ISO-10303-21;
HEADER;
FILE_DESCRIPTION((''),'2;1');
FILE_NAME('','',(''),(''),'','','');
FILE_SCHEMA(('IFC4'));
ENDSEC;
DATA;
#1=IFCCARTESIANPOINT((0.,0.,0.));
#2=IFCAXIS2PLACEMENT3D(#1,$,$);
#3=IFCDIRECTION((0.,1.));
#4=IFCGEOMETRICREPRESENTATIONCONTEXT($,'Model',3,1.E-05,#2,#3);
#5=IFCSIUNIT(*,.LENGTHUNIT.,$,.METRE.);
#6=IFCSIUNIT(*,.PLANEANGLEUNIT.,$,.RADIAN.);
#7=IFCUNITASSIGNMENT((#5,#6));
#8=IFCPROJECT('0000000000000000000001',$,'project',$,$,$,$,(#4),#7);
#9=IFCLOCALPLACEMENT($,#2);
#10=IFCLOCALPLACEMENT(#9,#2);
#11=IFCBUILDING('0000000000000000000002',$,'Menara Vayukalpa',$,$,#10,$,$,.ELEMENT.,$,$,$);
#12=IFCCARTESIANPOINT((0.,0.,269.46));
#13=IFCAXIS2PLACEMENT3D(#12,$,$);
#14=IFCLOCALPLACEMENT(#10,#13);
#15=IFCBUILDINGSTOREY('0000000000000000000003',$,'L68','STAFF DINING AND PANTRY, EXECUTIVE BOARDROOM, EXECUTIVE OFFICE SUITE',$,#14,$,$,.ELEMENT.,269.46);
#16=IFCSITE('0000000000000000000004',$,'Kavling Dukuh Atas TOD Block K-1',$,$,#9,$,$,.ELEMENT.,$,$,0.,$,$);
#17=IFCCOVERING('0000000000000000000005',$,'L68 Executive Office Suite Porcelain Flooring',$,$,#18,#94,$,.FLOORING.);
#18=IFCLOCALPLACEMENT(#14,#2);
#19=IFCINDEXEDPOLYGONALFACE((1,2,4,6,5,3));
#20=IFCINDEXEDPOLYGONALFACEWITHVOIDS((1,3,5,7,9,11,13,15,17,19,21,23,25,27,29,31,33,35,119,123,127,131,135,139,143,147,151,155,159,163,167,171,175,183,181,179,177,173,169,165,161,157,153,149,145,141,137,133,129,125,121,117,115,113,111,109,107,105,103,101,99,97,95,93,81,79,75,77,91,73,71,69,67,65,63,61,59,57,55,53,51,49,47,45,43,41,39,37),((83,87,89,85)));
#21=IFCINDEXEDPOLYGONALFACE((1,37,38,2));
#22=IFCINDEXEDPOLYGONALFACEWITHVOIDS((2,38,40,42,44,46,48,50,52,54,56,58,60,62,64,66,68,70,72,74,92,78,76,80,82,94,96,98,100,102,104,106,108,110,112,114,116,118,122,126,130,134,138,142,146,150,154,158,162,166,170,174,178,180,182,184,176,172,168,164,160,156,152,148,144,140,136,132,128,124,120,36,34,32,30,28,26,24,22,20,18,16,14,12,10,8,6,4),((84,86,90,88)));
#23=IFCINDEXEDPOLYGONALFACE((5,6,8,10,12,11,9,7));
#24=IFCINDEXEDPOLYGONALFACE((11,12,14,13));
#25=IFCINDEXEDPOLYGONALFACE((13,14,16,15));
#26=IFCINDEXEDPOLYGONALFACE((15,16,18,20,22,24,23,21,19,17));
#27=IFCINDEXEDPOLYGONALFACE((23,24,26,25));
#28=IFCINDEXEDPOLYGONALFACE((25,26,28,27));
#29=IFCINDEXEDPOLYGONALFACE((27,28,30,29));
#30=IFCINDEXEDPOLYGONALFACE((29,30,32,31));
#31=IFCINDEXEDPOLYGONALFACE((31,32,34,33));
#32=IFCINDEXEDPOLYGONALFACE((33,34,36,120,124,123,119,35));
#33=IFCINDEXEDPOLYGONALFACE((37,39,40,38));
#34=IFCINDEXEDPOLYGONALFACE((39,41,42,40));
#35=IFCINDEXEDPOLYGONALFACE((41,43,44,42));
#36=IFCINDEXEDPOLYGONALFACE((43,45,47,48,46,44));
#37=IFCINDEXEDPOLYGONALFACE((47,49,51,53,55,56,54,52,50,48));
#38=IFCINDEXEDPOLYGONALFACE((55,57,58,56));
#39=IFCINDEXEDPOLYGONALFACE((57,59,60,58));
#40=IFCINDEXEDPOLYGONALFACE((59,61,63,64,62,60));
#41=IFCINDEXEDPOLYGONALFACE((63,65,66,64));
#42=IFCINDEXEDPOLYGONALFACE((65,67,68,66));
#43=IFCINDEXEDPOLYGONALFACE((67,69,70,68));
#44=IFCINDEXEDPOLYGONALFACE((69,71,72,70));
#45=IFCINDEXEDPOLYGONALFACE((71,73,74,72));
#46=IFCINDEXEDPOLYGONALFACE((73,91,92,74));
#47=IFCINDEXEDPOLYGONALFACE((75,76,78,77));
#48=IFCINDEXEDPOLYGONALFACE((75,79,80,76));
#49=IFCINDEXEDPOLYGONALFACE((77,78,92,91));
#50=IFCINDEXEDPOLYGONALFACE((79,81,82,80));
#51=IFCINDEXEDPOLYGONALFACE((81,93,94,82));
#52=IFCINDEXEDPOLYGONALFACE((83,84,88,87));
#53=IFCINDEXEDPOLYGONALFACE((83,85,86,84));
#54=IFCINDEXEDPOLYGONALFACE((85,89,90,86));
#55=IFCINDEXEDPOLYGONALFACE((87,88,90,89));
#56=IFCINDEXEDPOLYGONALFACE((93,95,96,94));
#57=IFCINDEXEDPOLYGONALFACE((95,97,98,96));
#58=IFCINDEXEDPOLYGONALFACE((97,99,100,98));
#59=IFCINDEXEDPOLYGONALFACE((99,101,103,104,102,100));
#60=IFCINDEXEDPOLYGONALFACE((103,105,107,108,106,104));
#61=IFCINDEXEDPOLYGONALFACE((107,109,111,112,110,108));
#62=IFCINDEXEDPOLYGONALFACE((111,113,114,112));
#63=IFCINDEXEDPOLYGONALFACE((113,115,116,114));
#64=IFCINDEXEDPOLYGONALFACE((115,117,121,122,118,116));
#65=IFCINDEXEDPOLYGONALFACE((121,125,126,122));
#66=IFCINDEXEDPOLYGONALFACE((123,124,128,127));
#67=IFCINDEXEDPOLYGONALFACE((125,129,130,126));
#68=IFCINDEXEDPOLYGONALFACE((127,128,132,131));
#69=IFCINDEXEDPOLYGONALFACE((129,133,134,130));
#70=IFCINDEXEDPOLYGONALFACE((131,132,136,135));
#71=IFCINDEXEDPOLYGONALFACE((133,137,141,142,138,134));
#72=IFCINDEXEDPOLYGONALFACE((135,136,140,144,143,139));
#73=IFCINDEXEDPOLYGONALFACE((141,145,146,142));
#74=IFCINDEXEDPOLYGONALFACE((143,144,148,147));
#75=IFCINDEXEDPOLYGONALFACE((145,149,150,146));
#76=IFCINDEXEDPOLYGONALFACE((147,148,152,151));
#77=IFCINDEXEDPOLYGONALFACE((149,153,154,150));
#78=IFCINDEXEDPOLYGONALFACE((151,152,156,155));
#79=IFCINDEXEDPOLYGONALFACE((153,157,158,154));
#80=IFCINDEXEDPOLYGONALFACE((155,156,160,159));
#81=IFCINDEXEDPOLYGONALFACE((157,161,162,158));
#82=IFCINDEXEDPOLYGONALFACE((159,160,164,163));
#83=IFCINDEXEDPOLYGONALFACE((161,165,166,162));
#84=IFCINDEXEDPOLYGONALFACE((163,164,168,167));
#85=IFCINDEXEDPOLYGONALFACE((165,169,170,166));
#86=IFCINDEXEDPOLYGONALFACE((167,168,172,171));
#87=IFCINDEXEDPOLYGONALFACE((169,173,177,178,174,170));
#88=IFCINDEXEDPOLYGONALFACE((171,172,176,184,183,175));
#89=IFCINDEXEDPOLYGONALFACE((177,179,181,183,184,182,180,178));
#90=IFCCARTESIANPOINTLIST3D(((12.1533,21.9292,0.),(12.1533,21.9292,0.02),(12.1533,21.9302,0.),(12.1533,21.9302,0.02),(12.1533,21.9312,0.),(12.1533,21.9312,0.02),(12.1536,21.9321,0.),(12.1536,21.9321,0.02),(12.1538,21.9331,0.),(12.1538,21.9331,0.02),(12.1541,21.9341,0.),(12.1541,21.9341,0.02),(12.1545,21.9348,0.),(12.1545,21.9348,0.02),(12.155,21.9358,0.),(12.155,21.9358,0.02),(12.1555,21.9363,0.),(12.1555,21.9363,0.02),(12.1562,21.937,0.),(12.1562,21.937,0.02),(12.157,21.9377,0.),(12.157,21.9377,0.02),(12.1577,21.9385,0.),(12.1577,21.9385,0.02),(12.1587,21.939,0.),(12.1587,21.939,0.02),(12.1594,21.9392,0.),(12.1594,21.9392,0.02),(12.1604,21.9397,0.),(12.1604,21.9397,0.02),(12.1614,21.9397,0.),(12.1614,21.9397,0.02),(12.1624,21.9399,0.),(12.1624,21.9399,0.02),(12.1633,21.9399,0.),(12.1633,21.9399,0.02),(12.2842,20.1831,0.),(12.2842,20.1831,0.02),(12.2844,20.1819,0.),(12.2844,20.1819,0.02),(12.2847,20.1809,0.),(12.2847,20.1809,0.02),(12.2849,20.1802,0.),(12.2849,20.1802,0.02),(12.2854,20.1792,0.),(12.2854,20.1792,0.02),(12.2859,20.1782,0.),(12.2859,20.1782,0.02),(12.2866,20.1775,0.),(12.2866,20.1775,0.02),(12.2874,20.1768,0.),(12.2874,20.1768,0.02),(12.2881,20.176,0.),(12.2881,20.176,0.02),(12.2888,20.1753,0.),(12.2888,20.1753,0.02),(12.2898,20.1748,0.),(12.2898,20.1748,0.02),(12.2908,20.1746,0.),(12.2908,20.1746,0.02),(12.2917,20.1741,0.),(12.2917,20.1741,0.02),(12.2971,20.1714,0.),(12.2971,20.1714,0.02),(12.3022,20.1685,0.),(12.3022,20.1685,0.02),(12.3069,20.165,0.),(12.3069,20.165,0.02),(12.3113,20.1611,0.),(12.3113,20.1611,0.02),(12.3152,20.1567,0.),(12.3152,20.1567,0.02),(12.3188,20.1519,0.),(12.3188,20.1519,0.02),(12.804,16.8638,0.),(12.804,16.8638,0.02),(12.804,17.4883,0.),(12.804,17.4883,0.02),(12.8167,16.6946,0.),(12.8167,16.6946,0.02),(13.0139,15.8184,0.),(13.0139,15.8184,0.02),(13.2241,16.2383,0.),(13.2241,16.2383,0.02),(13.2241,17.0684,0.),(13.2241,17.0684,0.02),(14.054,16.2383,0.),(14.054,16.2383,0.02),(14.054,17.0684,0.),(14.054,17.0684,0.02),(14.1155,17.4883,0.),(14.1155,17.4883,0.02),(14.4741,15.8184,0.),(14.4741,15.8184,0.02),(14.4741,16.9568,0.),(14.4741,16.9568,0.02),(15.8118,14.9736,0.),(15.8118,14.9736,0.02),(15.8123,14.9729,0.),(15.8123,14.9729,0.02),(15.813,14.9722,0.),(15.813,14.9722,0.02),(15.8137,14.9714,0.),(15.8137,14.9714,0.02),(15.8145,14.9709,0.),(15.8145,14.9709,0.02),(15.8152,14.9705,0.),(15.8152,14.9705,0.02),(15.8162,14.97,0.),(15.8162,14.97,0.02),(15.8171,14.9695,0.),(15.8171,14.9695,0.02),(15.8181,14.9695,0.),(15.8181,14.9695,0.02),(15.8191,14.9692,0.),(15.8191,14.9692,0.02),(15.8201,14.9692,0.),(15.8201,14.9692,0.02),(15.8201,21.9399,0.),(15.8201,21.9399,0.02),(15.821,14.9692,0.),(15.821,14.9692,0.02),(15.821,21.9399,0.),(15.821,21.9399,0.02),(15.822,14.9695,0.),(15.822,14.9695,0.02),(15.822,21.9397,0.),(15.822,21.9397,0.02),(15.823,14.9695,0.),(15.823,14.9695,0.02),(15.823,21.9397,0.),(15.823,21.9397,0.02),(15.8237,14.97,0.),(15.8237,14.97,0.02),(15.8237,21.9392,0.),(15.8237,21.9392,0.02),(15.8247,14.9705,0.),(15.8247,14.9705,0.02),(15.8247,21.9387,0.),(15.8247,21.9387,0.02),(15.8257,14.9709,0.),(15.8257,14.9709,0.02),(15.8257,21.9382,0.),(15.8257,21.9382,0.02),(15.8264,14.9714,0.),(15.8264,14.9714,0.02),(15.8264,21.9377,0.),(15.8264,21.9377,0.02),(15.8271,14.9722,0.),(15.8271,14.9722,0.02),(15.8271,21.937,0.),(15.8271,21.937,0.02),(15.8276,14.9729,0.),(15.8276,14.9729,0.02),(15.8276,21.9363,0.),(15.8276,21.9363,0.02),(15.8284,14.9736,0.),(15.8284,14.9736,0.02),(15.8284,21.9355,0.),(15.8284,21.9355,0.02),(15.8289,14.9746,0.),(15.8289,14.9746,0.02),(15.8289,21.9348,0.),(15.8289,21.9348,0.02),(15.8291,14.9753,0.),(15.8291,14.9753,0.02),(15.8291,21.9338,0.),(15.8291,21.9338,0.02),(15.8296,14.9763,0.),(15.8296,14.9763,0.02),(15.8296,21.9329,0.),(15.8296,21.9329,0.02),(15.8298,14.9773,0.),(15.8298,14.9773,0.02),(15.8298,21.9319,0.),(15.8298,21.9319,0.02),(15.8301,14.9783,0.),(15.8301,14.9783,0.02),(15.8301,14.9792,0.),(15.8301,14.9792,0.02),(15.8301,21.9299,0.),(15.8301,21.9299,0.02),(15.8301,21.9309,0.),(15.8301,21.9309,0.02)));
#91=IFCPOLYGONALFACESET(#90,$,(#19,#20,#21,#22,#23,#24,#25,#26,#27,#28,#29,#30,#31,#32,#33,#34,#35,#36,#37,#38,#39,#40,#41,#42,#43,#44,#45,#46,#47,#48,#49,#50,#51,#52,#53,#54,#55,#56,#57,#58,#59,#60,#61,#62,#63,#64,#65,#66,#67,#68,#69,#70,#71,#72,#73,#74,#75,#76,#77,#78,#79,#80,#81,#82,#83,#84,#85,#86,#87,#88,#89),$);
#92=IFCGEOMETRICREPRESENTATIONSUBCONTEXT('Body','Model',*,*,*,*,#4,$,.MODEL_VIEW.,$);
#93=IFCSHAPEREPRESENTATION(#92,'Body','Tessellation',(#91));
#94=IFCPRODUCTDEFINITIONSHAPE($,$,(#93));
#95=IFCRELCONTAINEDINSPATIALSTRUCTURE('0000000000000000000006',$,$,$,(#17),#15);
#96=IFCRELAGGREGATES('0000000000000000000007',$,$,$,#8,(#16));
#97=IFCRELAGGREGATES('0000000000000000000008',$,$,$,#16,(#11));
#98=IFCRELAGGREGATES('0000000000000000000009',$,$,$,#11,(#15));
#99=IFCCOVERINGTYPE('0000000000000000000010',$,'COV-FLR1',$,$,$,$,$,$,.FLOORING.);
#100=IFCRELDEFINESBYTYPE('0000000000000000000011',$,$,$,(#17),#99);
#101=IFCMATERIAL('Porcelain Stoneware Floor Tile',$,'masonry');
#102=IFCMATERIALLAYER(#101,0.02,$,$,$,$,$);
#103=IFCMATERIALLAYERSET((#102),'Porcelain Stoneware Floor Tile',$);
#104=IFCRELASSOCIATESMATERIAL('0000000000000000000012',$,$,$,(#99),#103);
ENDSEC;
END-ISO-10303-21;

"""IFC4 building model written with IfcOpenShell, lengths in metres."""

from ifc_helpers import new_model, si_unit, direction, frame, origin, place, context, subcontext, project, spatial, polyline, outline, extrude, material, layer, layer_set, type_object, element, save


model = new_model("IFC4")

# Units and contexts
model_context = context("Model", 3, precision=1e-05, world=origin(), true_north=direction((0.0, 1.0)))
body_context = subcontext(model_context, "Body", "Model", "MODEL_VIEW")
ifc_project = project(units=[si_unit("LENGTHUNIT", "METRE"), si_unit("PLANEANGLEUNIT", "RADIAN")], contexts=[model_context])

# Site, building, storey
site_placement = place(None, origin())
site = spatial("IfcSite", under=ifc_project, at=site_placement, Name="Kavling Dukuh Atas TOD Block K-1", CompositionType="ELEMENT", RefElevation=0.0)
building_placement = place(site_placement, origin())
building = spatial("IfcBuilding", under=site, at=building_placement, Name="Menara Vayukalpa", CompositionType="ELEMENT")
storey_placement = place(building_placement, frame((0.0, 0.0, 269.46)))
storey = spatial("IfcBuildingStorey", under=building, at=storey_placement, Name="L68", Description="STAFF DINING AND PANTRY, EXECUTIVE BOARDROOM, EXECUTIVE OFFICE SUITE", CompositionType="ELEMENT", Elevation=269.46)

# Covering
ifc_material_1 = material(Name="Porcelain Stoneware Floor Tile", Category="masonry")
ifc_layer_1 = layer(ifc_material_1, 0.02)
ifc_layer_set_1 = layer_set([ifc_layer_1], Name="Porcelain Stoneware Floor Tile")
covering_type_1 = type_object("IfcCoveringType", Name="COV-FLR1", PredefinedType="FLOORING", material=ifc_layer_set_1)
covering_1_placement = place(storey_placement, origin())
element("IfcCovering", 1, at=covering_1_placement, inside=storey, type_object=covering_type_1, Name="L68 Executive Office Suite Porcelain Flooring", PredefinedType="FLOORING", context=body_context, shape_type="SweptSolid", body=[
    extrude(outline(polyline([(12.804, 16.8638), (12.804, 17.4883), (14.1155, 17.4883), (12.3188, 20.1519), (12.3152, 20.1567), (12.3113, 20.1611), (12.3069, 20.165), (12.3022, 20.1685), (12.2971, 20.1714), (12.2917, 20.1741), (12.2908, 20.1746), (12.2898, 20.1748), (12.2888, 20.1753), (12.2881, 20.176), (12.2874, 20.1768), (12.2866, 20.1775), (12.2859, 20.1782), (12.2854, 20.1792), (12.2849, 20.1802), (12.2847, 20.1809), (12.2844, 20.1819), (12.2842, 20.1831), (12.1533, 21.9292), (12.1533, 21.9302), (12.1533, 21.9312), (12.1536, 21.9321), (12.1538, 21.9331), (12.1541, 21.9341), (12.1545, 21.9348), (12.155, 21.9358), (12.1555, 21.9363), (12.1562, 21.937), (12.157, 21.9377), (12.1577, 21.9385), (12.1587, 21.939), (12.1594, 21.9392), (12.1604, 21.9397), (12.1614, 21.9397), (12.1624, 21.9399), (12.1633, 21.9399), (15.8201, 21.9399), (15.821, 21.9399), (15.822, 21.9397), (15.823, 21.9397), (15.8237, 21.9392), (15.8247, 21.9387), (15.8257, 21.9382), (15.8264, 21.9377), (15.8271, 21.937), (15.8276, 21.9363), (15.8284, 21.9355), (15.8289, 21.9348), (15.8291, 21.9338), (15.8296, 21.9329), (15.8298, 21.9319), (15.8301, 21.9309), (15.8301, 21.9299), (15.8301, 14.9792), (15.8301, 14.9783), (15.8298, 14.9773), (15.8296, 14.9763), (15.8291, 14.9753), (15.8289, 14.9746), (15.8284, 14.9736), (15.8276, 14.9729), (15.8271, 14.9722), (15.8264, 14.9714), (15.8257, 14.9709), (15.8247, 14.9705), (15.8237, 14.97), (15.823, 14.9695), (15.822, 14.9695), (15.821, 14.9692), (15.8201, 14.9692), (15.8191, 14.9692), (15.8181, 14.9695), (15.8171, 14.9695), (15.8162, 14.97), (15.8152, 14.9705), (15.8145, 14.9709), (15.8137, 14.9714), (15.813, 14.9722), (15.8123, 14.9729), (15.8118, 14.9736), (14.4741, 16.9568), (14.4741, 15.8184), (13.0139, 15.8184), (12.8167, 16.6946), (12.804, 16.8638)]), holes=[polyline([(14.054, 17.0684), (13.2241, 17.0684), (13.2241, 16.2383), (14.054, 16.2383), (14.054, 17.0684)])]), origin(), (0.0, 0.0, 1.0), 0.02),
])

save(model, "model.ifc")
